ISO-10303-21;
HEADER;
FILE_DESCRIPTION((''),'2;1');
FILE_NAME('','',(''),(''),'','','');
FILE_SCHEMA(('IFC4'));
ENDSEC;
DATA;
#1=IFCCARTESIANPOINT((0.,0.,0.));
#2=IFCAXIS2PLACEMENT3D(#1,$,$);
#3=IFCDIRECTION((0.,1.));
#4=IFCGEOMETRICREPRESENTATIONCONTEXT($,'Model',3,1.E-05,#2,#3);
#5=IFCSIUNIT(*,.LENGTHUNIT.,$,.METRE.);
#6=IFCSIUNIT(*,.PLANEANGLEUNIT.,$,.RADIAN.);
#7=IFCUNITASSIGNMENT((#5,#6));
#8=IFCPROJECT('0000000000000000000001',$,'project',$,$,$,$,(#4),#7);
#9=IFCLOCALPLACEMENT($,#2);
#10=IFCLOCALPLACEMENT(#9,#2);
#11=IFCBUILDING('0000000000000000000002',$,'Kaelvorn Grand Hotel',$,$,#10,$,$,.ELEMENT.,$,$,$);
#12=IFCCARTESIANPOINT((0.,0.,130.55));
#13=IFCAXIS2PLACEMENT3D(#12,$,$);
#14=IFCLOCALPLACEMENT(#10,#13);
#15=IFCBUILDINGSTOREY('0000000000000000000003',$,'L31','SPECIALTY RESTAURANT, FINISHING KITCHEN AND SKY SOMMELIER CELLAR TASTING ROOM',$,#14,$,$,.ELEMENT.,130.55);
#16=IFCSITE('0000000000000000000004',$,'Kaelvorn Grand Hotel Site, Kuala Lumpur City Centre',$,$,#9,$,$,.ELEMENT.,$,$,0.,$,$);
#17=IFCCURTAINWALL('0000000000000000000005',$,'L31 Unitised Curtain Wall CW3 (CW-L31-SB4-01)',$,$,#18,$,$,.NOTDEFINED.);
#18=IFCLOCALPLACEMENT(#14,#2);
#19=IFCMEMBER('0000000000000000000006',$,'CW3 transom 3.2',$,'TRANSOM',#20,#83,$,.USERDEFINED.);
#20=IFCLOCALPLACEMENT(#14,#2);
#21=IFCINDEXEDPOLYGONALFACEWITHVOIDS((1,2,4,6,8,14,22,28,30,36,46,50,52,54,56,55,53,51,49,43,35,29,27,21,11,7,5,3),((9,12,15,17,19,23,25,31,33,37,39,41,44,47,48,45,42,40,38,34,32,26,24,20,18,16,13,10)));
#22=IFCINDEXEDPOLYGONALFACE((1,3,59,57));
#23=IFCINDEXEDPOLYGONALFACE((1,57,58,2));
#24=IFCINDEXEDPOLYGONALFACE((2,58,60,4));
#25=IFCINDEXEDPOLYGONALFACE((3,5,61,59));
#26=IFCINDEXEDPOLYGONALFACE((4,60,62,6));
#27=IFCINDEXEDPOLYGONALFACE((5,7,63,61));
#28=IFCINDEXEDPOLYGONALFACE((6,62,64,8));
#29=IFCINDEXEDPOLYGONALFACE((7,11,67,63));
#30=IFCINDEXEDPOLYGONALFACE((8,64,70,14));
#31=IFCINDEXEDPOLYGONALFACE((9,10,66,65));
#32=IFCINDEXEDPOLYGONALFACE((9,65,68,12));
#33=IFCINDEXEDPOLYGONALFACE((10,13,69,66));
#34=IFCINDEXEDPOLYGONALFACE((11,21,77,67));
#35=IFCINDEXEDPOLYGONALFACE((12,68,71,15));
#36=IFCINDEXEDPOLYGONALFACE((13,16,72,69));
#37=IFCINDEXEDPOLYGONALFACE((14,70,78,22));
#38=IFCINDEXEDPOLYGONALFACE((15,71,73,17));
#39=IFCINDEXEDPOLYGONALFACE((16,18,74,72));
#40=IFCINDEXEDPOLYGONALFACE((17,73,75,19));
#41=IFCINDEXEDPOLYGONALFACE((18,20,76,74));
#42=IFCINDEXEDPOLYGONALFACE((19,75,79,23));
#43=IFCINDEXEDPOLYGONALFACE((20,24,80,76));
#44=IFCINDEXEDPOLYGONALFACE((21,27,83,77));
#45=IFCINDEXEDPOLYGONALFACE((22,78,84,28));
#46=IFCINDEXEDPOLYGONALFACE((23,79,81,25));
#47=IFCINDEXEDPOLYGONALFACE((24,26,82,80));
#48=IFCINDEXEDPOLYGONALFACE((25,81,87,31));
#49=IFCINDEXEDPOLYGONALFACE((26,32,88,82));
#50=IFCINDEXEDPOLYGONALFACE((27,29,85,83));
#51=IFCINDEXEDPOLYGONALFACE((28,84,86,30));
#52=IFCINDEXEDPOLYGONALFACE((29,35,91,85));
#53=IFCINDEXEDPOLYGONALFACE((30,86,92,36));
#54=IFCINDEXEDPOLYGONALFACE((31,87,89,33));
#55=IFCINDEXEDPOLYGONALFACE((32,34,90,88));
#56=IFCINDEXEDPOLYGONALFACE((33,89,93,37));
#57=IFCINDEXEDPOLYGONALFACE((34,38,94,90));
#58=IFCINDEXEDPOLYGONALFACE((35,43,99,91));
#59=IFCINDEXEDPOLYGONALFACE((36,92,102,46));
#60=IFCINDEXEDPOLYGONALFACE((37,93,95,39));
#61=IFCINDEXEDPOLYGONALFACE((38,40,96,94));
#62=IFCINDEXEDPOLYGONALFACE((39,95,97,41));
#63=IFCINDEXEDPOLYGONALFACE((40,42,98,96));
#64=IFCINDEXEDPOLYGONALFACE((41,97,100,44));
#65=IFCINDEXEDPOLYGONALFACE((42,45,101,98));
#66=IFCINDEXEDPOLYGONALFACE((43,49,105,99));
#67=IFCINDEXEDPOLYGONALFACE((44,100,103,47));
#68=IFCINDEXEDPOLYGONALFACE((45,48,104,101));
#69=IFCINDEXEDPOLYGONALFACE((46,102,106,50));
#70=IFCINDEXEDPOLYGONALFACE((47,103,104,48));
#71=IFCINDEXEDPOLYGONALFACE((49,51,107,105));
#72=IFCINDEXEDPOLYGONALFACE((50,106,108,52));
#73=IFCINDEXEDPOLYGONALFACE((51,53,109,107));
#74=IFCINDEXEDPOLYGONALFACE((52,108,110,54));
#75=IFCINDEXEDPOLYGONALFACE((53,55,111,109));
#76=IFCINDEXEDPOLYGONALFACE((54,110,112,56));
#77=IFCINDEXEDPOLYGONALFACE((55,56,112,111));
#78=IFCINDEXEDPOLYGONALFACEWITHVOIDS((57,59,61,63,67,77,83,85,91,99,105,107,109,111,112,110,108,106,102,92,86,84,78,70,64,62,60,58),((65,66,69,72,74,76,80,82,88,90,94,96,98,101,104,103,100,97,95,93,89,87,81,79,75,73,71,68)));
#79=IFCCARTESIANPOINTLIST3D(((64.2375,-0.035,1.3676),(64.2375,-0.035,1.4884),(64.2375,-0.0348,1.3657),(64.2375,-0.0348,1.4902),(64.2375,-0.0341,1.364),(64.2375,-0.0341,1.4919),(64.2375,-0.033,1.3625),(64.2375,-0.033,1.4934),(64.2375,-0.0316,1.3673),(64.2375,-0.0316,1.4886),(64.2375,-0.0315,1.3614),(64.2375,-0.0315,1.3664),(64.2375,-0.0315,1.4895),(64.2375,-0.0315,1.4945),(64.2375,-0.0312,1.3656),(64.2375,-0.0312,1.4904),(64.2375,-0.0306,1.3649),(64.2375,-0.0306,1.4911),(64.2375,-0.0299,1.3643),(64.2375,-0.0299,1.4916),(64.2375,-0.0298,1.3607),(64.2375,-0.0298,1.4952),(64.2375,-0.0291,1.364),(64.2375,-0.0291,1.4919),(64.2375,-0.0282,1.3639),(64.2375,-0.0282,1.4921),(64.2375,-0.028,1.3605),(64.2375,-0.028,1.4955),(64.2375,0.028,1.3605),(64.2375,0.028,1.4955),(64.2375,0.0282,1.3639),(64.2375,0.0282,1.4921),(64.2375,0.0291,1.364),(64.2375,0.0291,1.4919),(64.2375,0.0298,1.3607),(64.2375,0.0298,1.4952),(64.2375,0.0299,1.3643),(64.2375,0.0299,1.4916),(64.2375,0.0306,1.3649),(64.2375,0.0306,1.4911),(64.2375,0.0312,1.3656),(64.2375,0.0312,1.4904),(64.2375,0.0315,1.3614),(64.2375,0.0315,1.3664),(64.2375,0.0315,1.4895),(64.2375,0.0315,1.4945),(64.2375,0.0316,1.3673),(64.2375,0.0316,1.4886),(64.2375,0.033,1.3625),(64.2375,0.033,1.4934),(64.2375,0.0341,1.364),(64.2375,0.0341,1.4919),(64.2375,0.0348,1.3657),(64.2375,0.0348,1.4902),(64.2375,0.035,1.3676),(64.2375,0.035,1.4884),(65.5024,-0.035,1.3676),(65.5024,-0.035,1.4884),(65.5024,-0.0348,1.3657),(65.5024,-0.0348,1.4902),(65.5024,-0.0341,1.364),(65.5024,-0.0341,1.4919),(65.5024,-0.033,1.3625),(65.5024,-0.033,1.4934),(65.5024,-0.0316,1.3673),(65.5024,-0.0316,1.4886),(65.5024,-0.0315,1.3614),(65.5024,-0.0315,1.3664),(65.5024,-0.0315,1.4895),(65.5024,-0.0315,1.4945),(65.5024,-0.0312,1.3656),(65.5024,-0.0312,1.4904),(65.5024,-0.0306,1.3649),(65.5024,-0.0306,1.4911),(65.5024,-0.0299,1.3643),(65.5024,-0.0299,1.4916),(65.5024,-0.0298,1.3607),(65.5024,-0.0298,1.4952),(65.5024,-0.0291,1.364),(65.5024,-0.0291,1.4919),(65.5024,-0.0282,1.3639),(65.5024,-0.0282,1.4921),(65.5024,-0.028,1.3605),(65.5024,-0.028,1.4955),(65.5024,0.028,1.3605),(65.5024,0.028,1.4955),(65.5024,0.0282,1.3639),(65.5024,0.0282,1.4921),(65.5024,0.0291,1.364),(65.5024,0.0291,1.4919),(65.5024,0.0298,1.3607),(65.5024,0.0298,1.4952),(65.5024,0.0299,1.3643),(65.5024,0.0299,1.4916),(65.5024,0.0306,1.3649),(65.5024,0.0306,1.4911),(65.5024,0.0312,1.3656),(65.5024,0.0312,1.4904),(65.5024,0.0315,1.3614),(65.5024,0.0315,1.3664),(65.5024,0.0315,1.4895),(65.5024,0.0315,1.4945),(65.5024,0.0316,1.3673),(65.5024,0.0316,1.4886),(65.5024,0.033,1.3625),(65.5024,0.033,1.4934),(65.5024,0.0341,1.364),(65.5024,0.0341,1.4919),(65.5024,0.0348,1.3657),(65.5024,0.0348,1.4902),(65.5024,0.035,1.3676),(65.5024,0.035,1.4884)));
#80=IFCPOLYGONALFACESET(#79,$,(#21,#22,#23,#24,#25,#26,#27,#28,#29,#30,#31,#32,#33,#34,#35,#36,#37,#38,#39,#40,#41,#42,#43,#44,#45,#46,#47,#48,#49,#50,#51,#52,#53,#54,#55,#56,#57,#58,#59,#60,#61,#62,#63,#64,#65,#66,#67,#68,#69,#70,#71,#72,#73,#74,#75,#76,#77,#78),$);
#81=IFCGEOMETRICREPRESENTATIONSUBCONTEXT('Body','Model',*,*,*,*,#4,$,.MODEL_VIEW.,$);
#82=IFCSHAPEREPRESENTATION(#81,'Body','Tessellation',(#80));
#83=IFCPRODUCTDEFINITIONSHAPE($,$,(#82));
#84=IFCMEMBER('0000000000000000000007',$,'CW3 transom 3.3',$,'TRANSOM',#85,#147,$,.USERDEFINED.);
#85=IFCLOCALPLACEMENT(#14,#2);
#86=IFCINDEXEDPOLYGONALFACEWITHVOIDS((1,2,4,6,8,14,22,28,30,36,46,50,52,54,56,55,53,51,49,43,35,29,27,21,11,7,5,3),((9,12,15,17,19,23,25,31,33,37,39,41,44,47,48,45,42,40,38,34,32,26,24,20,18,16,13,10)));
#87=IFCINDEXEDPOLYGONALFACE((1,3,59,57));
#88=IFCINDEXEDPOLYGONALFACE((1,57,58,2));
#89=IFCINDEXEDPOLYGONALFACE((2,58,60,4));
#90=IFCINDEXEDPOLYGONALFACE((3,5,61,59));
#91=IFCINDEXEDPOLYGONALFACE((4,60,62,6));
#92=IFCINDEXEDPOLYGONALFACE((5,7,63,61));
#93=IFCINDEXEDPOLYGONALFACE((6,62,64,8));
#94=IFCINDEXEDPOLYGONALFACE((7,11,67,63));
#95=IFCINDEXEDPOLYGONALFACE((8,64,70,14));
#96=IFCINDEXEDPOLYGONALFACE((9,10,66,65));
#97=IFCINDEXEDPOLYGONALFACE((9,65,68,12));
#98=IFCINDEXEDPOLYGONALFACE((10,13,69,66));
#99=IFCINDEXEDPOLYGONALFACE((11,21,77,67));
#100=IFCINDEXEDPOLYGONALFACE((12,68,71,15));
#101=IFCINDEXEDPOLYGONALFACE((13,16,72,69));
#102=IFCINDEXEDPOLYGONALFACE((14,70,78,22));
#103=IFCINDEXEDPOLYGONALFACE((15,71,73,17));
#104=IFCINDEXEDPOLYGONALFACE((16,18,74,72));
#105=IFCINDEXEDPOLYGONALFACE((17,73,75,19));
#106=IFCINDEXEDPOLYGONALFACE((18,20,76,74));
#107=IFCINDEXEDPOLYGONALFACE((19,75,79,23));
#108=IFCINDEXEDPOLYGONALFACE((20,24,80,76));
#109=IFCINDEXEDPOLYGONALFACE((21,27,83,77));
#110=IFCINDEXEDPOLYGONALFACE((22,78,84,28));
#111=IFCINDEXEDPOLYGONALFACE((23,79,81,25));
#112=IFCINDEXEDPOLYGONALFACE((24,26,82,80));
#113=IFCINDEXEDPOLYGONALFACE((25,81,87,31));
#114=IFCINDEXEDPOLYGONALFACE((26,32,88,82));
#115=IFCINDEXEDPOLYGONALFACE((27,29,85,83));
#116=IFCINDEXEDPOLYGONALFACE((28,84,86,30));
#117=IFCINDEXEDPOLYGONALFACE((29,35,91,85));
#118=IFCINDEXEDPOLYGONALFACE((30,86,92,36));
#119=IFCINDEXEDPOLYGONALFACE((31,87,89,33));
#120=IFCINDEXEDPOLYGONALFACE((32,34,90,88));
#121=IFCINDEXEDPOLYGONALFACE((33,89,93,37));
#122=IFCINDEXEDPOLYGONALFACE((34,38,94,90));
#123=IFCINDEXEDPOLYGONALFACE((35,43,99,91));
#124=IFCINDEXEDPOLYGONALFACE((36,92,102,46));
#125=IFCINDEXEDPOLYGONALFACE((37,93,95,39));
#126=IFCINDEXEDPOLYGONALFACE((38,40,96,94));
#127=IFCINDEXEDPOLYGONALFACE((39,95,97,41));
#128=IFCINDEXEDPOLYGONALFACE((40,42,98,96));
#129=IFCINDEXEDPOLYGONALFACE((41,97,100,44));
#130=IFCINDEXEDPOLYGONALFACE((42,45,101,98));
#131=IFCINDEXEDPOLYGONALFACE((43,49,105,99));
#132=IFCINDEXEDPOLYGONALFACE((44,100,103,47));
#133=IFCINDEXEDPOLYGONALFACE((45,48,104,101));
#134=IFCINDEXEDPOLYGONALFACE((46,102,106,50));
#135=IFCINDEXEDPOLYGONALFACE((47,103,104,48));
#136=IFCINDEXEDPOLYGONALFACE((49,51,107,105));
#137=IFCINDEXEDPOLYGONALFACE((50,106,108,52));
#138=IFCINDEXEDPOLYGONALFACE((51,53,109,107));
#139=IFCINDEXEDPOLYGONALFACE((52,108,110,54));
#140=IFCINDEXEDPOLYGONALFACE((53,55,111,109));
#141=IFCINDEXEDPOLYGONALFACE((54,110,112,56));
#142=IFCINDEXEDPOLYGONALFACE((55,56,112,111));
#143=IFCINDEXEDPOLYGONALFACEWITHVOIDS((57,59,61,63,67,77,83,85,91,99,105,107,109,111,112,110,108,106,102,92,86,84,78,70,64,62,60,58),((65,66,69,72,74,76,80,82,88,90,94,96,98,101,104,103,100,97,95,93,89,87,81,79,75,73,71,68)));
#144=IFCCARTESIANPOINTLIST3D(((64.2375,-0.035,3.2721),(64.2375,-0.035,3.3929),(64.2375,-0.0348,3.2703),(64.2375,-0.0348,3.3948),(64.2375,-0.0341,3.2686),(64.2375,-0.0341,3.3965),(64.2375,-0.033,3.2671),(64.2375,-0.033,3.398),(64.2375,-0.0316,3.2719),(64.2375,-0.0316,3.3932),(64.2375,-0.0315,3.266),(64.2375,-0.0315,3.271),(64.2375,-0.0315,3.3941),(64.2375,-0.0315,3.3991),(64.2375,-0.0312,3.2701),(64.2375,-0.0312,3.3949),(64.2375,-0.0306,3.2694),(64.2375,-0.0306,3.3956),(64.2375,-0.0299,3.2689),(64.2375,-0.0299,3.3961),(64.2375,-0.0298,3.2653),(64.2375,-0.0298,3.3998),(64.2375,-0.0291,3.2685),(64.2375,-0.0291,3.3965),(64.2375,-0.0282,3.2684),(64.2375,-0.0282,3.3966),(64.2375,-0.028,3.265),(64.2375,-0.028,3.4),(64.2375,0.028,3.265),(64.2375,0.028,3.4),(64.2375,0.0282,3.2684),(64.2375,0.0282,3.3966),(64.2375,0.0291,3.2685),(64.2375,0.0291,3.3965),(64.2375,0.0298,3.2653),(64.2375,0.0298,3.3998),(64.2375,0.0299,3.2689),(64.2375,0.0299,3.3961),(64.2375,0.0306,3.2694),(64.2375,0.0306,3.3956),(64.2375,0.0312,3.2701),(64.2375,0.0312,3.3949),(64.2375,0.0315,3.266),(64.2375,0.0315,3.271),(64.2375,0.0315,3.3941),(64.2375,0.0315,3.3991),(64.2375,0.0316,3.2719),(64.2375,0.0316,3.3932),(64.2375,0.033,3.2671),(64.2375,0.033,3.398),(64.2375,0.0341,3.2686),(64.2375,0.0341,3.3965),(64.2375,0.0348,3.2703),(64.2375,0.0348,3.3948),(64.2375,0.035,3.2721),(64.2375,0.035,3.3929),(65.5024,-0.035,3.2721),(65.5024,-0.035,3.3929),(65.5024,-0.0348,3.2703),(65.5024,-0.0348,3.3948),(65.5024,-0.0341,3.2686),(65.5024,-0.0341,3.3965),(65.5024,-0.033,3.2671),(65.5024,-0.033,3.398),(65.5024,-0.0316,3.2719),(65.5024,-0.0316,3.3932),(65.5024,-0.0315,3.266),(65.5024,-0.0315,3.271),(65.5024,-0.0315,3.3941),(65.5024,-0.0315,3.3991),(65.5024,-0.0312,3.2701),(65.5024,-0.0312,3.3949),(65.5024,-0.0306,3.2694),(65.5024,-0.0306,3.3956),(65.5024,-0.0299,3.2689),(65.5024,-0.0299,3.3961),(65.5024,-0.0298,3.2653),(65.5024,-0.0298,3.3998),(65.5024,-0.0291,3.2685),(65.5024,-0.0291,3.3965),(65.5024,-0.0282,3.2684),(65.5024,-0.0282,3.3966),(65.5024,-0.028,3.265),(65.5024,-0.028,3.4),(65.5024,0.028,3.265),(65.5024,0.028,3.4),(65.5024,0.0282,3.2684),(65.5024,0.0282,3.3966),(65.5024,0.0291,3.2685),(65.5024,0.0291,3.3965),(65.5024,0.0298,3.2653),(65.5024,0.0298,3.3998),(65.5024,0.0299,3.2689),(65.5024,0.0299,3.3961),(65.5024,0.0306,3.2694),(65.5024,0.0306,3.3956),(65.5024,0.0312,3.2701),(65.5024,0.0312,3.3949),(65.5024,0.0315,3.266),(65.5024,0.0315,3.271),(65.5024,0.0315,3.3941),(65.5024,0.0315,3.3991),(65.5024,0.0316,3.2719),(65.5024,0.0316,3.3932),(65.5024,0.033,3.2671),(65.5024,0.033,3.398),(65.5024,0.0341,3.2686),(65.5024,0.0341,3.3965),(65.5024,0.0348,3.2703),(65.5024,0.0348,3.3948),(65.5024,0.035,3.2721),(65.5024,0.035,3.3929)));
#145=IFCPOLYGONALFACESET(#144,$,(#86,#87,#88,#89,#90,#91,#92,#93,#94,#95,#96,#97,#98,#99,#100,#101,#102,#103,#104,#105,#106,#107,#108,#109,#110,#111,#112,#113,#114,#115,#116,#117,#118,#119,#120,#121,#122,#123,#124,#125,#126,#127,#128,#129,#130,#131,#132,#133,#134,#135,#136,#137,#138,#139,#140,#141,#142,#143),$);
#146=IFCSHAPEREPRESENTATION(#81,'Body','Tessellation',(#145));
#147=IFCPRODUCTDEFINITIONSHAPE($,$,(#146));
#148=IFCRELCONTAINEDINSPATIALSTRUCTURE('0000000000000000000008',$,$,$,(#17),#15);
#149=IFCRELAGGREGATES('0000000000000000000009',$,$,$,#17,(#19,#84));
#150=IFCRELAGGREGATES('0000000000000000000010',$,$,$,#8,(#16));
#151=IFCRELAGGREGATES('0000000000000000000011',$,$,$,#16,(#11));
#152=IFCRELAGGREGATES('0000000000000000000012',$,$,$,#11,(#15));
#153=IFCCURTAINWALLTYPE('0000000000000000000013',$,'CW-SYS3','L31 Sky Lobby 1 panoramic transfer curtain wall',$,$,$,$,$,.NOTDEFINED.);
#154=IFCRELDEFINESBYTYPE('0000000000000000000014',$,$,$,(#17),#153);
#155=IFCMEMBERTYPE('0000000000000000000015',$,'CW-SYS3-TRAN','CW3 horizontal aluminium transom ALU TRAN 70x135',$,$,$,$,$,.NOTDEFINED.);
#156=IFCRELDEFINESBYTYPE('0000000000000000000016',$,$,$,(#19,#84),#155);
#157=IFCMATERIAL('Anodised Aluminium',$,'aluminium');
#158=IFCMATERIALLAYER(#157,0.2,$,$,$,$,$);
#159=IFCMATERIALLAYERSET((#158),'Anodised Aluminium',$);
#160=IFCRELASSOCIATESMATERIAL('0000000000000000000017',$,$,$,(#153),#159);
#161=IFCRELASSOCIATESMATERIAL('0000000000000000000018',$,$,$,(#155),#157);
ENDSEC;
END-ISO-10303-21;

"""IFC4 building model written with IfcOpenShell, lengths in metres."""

from ifc_helpers import new_model, si_unit, direction, frame, origin, origin_2d, place, context, subcontext, project, spatial, hollow_rectangle, extrude, material, layer, layer_set, material_profile, profile_set, type_object, element, aggregate, save


model = new_model("IFC4")

# Units and contexts
model_context = context("Model", 3, precision=1e-05, world=origin(), true_north=direction((0.0, 1.0)))
body_context = subcontext(model_context, "Body", "Model", "MODEL_VIEW")
ifc_project = project(units=[si_unit("LENGTHUNIT", "METRE"), si_unit("PLANEANGLEUNIT", "RADIAN")], contexts=[model_context])

# Site, building, storey
site_placement = place(None, origin())
site = spatial("IfcSite", under=ifc_project, at=site_placement, Name="Kaelvorn Grand Hotel Site, Kuala Lumpur City Centre", CompositionType="ELEMENT", RefElevation=0.0)
building_placement = place(site_placement, origin())
building = spatial("IfcBuilding", under=site, at=building_placement, Name="Kaelvorn Grand Hotel", CompositionType="ELEMENT")
storey_placement = place(building_placement, frame((0.0, 0.0, 130.55)))
storey = spatial("IfcBuildingStorey", under=building, at=storey_placement, Name="L31", Description="SPECIALTY RESTAURANT, FINISHING KITCHEN AND SKY SOMMELIER CELLAR TASTING ROOM", CompositionType="ELEMENT", Elevation=130.55)

# Curtain wall, members
ifc_material_1 = material(Name="Anodised Aluminium", Category="aluminium")
ifc_layer_1 = layer(ifc_material_1, 0.2)
ifc_layer_set_1 = layer_set([ifc_layer_1], Name="Anodised Aluminium")
curtain_wall_type = type_object("IfcCurtainWallType", Name="CW-SYS3", Description="L31 Sky Lobby 1 panoramic transfer curtain wall", PredefinedType="NOTDEFINED", material=ifc_layer_set_1)
curtain_wall_placement = place(storey_placement, origin())
curtain_wall = element("IfcCurtainWall", 1, at=curtain_wall_placement, inside=storey, type_object=curtain_wall_type, Name="L31 Unitised Curtain Wall CW3 (CW-L31-SB4-01)", PredefinedType="NOTDEFINED")
ifc_material_profile_1 = material_profile(ifc_material_1, hollow_rectangle(XDim=0.0701, YDim=0.135, WallThickness=0.0034, InnerFilletRadius=0.0034, OuterFilletRadius=0.0071, at=origin_2d()), Name="ALU TRAN 70x135")
ifc_profile_set_1 = profile_set([ifc_material_profile_1], Name="Anodised Aluminium")
member_type_1 = type_object("IfcMemberType", Name="CW-SYS3-TRAN", Description="CW3 horizontal aluminium transom ALU TRAN 70x135", PredefinedType="NOTDEFINED", material=ifc_profile_set_1)
member_1_placement = place(storey_placement, frame((64.2375, 0.0, 1.428), z_axis=(1.0, 0.0, 0.0), x_axis=(0.0, 1.0, 0.0)))
member_1 = element("IfcMember", 2, at=member_1_placement, type_object=member_type_1, Name="CW3 transom 3.2", ObjectType="TRANSOM", PredefinedType="USERDEFINED", context=body_context, shape_type="SweptSolid", body=[
    extrude(hollow_rectangle(XDim=0.0701, YDim=0.135, WallThickness=0.0034, InnerFilletRadius=0.0034, OuterFilletRadius=0.0071, at=origin_2d()), origin(), (0.0, 0.0, 1.0), 1.2649),
])
member_2_placement = place(storey_placement, frame((64.2375, 0.0, 3.3325), z_axis=(1.0, 0.0, 0.0), x_axis=(0.0, 1.0, 0.0)))
member_2 = element("IfcMember", 3, at=member_2_placement, type_object=member_type_1, Name="CW3 transom 3.3", ObjectType="TRANSOM", PredefinedType="USERDEFINED", context=body_context, shape_type="SweptSolid", body=[
    extrude(hollow_rectangle(XDim=0.0701, YDim=0.135, WallThickness=0.0034, InnerFilletRadius=0.0034, OuterFilletRadius=0.0071, at=origin_2d()), origin(), (0.0, 0.0, 1.0), 1.2649),
])
aggregate(curtain_wall, [member_1, member_2])

save(model, "model.ifc")
